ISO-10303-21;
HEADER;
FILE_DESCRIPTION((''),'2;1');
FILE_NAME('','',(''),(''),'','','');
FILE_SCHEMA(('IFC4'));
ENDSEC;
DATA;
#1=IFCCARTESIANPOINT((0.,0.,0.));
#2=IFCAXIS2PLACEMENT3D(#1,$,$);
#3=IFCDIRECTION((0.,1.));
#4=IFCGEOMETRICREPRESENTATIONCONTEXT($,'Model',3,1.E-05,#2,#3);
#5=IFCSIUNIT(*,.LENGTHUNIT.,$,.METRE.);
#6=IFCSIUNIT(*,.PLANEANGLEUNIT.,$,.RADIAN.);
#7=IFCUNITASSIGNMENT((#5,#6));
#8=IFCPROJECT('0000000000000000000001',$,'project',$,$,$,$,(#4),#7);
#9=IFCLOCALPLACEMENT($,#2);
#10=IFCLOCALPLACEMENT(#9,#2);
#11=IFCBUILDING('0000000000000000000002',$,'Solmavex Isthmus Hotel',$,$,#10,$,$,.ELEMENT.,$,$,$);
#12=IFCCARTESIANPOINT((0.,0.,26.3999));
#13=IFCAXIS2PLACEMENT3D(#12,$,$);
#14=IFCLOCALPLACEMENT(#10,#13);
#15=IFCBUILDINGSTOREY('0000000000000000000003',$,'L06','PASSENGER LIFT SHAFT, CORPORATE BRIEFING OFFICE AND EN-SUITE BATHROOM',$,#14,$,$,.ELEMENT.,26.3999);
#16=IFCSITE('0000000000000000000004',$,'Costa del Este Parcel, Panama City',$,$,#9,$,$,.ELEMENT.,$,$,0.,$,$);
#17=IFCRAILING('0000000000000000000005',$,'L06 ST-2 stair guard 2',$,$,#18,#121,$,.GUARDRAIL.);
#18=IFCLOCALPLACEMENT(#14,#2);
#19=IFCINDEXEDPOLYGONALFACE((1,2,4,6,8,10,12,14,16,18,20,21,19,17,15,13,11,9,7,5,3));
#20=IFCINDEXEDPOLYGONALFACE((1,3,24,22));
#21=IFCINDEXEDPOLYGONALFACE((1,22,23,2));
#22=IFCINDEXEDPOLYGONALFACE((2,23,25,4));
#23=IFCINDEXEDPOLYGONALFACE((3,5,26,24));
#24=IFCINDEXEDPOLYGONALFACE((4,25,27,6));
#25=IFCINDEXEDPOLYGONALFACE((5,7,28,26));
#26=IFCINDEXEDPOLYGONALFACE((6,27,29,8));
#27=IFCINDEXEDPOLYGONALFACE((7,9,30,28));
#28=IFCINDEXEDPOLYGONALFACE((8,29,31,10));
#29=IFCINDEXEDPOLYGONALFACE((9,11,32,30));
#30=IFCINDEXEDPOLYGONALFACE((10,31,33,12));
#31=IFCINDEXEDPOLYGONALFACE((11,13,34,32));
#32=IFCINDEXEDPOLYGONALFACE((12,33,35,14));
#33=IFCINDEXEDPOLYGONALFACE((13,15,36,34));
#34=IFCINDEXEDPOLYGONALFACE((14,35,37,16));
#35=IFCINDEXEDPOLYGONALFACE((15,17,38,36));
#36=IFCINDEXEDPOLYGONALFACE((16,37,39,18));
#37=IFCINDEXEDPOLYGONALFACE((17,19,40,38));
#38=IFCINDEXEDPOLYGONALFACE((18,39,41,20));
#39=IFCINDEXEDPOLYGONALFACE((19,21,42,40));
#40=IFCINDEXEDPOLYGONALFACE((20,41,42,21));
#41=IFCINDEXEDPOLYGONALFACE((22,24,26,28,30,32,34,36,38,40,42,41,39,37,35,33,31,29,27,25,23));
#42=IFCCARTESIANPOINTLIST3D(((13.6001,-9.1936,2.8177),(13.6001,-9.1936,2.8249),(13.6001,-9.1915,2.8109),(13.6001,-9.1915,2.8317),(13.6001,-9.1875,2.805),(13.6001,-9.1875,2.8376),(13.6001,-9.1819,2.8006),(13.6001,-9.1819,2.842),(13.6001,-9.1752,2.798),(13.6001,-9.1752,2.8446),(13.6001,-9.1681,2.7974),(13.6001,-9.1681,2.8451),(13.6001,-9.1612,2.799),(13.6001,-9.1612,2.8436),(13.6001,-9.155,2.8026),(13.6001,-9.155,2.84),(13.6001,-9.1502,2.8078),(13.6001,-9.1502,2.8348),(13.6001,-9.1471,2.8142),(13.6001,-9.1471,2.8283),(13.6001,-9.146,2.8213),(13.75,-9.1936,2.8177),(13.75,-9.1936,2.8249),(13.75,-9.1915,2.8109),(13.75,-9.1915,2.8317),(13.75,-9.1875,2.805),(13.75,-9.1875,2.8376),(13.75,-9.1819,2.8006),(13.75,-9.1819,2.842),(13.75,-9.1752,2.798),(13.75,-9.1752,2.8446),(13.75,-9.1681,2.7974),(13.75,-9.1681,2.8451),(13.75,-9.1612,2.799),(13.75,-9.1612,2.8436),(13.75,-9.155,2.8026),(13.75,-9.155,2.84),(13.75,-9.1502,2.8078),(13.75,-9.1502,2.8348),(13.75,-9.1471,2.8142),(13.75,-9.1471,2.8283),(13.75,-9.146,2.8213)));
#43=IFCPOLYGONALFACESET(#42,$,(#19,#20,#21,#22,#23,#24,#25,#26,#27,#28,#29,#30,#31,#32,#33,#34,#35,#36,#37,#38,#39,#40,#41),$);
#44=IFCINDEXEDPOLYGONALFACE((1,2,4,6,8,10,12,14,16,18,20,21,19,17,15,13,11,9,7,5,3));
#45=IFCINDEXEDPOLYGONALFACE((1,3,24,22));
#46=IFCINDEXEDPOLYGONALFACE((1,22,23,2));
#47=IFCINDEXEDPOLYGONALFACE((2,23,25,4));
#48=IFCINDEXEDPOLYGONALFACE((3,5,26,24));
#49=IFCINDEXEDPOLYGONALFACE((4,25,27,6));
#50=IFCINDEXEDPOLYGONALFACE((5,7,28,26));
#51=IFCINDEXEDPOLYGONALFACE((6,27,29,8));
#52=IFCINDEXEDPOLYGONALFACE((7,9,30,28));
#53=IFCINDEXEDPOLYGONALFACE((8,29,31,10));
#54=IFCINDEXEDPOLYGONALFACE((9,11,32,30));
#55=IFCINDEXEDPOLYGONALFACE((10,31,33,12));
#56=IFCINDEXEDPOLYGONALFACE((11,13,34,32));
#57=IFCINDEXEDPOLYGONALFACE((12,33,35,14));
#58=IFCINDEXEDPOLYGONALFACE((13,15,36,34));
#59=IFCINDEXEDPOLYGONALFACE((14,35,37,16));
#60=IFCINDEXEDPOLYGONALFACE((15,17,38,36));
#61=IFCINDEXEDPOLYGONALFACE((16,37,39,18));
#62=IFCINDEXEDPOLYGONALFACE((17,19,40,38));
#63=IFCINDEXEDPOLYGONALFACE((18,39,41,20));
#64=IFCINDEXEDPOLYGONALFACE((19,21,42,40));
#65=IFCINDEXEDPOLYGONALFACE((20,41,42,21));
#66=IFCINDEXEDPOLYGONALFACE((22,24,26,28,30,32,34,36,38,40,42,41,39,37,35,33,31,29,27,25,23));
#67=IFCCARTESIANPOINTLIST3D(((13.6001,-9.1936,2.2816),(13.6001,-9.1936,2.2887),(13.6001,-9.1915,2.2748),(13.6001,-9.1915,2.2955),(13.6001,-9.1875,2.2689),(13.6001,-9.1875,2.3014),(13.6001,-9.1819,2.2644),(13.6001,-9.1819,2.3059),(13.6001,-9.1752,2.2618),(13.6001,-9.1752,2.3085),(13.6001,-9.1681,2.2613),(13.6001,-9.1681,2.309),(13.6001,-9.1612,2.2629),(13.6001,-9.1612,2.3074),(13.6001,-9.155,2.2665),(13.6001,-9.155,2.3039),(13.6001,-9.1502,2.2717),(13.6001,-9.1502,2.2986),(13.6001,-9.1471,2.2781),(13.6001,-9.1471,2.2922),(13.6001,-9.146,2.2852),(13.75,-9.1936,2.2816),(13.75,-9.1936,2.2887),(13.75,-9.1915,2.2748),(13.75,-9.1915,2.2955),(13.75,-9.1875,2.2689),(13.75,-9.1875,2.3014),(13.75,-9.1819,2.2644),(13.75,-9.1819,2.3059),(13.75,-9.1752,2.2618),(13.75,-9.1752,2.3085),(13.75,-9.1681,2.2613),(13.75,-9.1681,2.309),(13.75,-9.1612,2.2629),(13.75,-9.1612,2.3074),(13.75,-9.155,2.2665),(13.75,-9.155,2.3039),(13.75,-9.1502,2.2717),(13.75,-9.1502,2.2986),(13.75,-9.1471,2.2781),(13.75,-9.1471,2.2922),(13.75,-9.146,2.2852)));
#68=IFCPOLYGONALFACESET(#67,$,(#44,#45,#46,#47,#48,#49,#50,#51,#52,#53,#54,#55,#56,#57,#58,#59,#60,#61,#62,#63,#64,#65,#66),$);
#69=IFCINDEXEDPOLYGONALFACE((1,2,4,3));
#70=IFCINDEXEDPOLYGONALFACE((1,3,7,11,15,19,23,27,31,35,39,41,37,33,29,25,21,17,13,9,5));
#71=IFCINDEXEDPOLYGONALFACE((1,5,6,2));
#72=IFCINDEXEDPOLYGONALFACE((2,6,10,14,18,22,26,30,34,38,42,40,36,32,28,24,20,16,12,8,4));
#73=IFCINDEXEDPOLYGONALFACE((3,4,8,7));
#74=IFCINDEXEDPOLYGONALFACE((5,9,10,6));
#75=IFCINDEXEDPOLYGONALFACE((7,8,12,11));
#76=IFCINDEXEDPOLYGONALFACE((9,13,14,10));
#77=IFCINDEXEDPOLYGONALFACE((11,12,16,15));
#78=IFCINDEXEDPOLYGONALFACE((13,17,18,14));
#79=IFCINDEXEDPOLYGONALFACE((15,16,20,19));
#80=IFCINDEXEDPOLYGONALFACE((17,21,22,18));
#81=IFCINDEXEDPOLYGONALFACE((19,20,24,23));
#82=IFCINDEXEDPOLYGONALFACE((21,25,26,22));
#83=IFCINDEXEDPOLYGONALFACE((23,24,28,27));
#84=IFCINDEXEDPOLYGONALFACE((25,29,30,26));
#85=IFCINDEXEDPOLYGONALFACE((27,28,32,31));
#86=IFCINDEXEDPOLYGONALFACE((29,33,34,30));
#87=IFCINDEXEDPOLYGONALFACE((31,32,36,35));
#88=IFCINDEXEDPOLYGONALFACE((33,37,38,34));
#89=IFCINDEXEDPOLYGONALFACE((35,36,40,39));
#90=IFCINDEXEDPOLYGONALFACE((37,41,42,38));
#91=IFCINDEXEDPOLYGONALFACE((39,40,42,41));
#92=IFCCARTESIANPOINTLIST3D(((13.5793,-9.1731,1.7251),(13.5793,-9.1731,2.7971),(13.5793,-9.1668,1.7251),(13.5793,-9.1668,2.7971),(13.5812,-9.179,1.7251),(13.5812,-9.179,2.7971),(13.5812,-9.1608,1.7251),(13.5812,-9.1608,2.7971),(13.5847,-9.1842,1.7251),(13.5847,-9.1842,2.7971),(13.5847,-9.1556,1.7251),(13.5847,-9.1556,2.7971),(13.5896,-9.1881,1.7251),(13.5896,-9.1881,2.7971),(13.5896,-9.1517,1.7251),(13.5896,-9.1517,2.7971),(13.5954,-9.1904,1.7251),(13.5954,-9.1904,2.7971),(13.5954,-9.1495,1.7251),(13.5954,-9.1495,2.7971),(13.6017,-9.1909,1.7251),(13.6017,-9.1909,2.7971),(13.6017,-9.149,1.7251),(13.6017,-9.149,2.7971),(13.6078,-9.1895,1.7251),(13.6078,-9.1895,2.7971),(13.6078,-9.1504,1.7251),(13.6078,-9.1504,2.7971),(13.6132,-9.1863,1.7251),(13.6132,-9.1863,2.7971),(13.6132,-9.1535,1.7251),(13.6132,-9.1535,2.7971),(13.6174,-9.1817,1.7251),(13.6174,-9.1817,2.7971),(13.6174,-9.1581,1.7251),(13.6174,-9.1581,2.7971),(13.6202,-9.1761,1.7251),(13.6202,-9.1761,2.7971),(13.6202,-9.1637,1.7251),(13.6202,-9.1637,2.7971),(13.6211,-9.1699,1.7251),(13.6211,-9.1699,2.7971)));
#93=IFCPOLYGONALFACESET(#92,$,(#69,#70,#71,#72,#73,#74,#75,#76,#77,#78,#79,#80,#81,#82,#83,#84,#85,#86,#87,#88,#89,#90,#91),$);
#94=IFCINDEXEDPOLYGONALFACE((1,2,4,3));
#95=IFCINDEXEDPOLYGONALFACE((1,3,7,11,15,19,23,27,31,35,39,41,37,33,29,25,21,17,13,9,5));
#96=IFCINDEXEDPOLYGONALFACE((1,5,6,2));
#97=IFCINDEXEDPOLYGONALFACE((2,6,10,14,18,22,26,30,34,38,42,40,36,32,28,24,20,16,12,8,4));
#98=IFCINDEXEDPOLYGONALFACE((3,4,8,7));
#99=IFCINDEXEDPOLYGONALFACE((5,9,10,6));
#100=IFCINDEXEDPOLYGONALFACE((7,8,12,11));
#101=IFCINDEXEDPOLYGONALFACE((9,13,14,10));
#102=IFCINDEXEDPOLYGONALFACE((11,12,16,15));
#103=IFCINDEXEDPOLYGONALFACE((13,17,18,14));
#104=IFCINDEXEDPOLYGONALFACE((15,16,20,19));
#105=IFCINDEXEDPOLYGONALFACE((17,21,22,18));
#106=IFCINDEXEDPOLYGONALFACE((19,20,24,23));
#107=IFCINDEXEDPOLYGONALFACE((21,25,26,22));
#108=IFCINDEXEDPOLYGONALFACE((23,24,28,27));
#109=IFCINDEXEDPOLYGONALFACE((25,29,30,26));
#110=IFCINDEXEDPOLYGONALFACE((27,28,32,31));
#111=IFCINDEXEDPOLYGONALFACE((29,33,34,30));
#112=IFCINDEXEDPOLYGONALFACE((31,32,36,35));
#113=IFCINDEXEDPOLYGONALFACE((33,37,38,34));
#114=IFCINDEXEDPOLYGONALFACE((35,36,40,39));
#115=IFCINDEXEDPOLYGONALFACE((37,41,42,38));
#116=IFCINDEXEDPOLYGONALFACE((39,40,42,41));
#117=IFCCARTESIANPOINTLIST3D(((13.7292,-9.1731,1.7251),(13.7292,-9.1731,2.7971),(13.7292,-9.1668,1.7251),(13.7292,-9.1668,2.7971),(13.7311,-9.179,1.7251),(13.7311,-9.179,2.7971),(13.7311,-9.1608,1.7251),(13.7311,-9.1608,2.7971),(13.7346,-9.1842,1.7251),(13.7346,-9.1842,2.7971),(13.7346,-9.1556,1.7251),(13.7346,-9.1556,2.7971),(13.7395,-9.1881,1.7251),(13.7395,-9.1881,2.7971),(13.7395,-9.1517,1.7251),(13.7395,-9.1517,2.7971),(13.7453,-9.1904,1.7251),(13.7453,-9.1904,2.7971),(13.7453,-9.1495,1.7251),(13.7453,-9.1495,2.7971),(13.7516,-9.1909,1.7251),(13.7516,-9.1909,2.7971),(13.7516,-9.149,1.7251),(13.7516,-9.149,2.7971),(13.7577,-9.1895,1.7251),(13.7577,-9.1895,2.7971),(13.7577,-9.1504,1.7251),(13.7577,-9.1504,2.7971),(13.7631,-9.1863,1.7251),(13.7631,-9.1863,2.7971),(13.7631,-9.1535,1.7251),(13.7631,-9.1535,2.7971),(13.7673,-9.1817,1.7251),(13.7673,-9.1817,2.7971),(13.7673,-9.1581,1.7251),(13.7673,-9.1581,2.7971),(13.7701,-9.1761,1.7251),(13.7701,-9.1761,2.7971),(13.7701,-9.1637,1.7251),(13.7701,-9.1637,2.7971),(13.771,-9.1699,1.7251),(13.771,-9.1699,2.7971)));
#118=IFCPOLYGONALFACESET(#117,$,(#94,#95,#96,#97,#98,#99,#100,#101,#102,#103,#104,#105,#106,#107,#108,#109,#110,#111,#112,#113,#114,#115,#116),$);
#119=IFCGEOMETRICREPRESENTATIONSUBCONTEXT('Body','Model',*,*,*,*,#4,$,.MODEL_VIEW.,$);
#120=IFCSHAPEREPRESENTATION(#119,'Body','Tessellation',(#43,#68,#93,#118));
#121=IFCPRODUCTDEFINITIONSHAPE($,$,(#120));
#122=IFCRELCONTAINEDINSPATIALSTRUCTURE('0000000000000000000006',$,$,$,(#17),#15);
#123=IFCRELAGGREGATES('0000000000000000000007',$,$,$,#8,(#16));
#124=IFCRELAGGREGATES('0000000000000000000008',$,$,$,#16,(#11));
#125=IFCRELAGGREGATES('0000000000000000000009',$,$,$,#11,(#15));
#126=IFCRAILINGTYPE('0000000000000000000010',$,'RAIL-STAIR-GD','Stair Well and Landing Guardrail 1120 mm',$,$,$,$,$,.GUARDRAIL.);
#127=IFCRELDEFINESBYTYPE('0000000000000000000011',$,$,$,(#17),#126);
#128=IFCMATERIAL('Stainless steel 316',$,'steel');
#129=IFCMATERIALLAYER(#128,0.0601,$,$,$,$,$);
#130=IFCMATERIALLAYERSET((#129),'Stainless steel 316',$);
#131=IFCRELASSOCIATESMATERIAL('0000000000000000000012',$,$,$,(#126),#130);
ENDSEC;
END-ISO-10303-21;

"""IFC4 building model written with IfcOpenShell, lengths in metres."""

from ifc_helpers import new_model, si_unit, direction, frame, origin, origin_2d, place, context, subcontext, project, spatial, circle, extrude, material, layer, layer_set, type_object, element, save


model = new_model("IFC4")

# Units and contexts
model_context = context("Model", 3, precision=1e-05, world=origin(), true_north=direction((0.0, 1.0)))
body_context = subcontext(model_context, "Body", "Model", "MODEL_VIEW")
ifc_project = project(units=[si_unit("LENGTHUNIT", "METRE"), si_unit("PLANEANGLEUNIT", "RADIAN")], contexts=[model_context])

# Site, building, storey
site_placement = place(None, origin())
site = spatial("IfcSite", under=ifc_project, at=site_placement, Name="Costa del Este Parcel, Panama City", CompositionType="ELEMENT", RefElevation=0.0)
building_placement = place(site_placement, origin())
building = spatial("IfcBuilding", under=site, at=building_placement, Name="Solmavex Isthmus Hotel", CompositionType="ELEMENT")
storey_placement = place(building_placement, frame((0.0, 0.0, 26.3999)))
storey = spatial("IfcBuildingStorey", under=building, at=storey_placement, Name="L06", Description="PASSENGER LIFT SHAFT, CORPORATE BRIEFING OFFICE AND EN-SUITE BATHROOM", CompositionType="ELEMENT", Elevation=26.3999)

# Railing
ifc_material_1 = material(Name="Stainless steel 316", Category="steel")
ifc_layer_1 = layer(ifc_material_1, 0.0601)
ifc_layer_set_1 = layer_set([ifc_layer_1], Name="Stainless steel 316")
railing_type_1 = type_object("IfcRailingType", Name="RAIL-STAIR-GD", Description="Stair Well and Landing Guardrail 1120 mm", PredefinedType="GUARDRAIL", material=ifc_layer_set_1)
railing_1_placement = place(storey_placement, frame((13.6001, -9.1699, 1.7251)))
element("IfcRailing", 1, at=railing_1_placement, inside=storey, type_object=railing_type_1, Name="L06 ST-2 stair guard 2", PredefinedType="GUARDRAIL", context=body_context, shape_type="SweptSolid", body=[
    extrude(circle(Radius=0.0239, at=origin_2d()), frame((0.0, 0.0, 1.0962), z_axis=(1.0, 0.0, 0.0), x_axis=(0.0, 1.0, 0.0)), (0.0, 0.0, 1.0), 0.1499),
    extrude(circle(Radius=0.0239, at=origin_2d()), frame((0.0, 0.0, 0.5601), z_axis=(1.0, 0.0, 0.0), x_axis=(0.0, 1.0, 0.0)), (0.0, 0.0, 1.0), 0.1499),
    extrude(circle(Radius=0.021, at=origin_2d()), origin(), (0.0, 0.0, 1.0), 1.072),
    extrude(circle(Radius=0.021, at=origin_2d()), frame((0.1499, 0.0, 0.0)), (0.0, 0.0, 1.0), 1.072),
])

save(model, "model.ifc")
